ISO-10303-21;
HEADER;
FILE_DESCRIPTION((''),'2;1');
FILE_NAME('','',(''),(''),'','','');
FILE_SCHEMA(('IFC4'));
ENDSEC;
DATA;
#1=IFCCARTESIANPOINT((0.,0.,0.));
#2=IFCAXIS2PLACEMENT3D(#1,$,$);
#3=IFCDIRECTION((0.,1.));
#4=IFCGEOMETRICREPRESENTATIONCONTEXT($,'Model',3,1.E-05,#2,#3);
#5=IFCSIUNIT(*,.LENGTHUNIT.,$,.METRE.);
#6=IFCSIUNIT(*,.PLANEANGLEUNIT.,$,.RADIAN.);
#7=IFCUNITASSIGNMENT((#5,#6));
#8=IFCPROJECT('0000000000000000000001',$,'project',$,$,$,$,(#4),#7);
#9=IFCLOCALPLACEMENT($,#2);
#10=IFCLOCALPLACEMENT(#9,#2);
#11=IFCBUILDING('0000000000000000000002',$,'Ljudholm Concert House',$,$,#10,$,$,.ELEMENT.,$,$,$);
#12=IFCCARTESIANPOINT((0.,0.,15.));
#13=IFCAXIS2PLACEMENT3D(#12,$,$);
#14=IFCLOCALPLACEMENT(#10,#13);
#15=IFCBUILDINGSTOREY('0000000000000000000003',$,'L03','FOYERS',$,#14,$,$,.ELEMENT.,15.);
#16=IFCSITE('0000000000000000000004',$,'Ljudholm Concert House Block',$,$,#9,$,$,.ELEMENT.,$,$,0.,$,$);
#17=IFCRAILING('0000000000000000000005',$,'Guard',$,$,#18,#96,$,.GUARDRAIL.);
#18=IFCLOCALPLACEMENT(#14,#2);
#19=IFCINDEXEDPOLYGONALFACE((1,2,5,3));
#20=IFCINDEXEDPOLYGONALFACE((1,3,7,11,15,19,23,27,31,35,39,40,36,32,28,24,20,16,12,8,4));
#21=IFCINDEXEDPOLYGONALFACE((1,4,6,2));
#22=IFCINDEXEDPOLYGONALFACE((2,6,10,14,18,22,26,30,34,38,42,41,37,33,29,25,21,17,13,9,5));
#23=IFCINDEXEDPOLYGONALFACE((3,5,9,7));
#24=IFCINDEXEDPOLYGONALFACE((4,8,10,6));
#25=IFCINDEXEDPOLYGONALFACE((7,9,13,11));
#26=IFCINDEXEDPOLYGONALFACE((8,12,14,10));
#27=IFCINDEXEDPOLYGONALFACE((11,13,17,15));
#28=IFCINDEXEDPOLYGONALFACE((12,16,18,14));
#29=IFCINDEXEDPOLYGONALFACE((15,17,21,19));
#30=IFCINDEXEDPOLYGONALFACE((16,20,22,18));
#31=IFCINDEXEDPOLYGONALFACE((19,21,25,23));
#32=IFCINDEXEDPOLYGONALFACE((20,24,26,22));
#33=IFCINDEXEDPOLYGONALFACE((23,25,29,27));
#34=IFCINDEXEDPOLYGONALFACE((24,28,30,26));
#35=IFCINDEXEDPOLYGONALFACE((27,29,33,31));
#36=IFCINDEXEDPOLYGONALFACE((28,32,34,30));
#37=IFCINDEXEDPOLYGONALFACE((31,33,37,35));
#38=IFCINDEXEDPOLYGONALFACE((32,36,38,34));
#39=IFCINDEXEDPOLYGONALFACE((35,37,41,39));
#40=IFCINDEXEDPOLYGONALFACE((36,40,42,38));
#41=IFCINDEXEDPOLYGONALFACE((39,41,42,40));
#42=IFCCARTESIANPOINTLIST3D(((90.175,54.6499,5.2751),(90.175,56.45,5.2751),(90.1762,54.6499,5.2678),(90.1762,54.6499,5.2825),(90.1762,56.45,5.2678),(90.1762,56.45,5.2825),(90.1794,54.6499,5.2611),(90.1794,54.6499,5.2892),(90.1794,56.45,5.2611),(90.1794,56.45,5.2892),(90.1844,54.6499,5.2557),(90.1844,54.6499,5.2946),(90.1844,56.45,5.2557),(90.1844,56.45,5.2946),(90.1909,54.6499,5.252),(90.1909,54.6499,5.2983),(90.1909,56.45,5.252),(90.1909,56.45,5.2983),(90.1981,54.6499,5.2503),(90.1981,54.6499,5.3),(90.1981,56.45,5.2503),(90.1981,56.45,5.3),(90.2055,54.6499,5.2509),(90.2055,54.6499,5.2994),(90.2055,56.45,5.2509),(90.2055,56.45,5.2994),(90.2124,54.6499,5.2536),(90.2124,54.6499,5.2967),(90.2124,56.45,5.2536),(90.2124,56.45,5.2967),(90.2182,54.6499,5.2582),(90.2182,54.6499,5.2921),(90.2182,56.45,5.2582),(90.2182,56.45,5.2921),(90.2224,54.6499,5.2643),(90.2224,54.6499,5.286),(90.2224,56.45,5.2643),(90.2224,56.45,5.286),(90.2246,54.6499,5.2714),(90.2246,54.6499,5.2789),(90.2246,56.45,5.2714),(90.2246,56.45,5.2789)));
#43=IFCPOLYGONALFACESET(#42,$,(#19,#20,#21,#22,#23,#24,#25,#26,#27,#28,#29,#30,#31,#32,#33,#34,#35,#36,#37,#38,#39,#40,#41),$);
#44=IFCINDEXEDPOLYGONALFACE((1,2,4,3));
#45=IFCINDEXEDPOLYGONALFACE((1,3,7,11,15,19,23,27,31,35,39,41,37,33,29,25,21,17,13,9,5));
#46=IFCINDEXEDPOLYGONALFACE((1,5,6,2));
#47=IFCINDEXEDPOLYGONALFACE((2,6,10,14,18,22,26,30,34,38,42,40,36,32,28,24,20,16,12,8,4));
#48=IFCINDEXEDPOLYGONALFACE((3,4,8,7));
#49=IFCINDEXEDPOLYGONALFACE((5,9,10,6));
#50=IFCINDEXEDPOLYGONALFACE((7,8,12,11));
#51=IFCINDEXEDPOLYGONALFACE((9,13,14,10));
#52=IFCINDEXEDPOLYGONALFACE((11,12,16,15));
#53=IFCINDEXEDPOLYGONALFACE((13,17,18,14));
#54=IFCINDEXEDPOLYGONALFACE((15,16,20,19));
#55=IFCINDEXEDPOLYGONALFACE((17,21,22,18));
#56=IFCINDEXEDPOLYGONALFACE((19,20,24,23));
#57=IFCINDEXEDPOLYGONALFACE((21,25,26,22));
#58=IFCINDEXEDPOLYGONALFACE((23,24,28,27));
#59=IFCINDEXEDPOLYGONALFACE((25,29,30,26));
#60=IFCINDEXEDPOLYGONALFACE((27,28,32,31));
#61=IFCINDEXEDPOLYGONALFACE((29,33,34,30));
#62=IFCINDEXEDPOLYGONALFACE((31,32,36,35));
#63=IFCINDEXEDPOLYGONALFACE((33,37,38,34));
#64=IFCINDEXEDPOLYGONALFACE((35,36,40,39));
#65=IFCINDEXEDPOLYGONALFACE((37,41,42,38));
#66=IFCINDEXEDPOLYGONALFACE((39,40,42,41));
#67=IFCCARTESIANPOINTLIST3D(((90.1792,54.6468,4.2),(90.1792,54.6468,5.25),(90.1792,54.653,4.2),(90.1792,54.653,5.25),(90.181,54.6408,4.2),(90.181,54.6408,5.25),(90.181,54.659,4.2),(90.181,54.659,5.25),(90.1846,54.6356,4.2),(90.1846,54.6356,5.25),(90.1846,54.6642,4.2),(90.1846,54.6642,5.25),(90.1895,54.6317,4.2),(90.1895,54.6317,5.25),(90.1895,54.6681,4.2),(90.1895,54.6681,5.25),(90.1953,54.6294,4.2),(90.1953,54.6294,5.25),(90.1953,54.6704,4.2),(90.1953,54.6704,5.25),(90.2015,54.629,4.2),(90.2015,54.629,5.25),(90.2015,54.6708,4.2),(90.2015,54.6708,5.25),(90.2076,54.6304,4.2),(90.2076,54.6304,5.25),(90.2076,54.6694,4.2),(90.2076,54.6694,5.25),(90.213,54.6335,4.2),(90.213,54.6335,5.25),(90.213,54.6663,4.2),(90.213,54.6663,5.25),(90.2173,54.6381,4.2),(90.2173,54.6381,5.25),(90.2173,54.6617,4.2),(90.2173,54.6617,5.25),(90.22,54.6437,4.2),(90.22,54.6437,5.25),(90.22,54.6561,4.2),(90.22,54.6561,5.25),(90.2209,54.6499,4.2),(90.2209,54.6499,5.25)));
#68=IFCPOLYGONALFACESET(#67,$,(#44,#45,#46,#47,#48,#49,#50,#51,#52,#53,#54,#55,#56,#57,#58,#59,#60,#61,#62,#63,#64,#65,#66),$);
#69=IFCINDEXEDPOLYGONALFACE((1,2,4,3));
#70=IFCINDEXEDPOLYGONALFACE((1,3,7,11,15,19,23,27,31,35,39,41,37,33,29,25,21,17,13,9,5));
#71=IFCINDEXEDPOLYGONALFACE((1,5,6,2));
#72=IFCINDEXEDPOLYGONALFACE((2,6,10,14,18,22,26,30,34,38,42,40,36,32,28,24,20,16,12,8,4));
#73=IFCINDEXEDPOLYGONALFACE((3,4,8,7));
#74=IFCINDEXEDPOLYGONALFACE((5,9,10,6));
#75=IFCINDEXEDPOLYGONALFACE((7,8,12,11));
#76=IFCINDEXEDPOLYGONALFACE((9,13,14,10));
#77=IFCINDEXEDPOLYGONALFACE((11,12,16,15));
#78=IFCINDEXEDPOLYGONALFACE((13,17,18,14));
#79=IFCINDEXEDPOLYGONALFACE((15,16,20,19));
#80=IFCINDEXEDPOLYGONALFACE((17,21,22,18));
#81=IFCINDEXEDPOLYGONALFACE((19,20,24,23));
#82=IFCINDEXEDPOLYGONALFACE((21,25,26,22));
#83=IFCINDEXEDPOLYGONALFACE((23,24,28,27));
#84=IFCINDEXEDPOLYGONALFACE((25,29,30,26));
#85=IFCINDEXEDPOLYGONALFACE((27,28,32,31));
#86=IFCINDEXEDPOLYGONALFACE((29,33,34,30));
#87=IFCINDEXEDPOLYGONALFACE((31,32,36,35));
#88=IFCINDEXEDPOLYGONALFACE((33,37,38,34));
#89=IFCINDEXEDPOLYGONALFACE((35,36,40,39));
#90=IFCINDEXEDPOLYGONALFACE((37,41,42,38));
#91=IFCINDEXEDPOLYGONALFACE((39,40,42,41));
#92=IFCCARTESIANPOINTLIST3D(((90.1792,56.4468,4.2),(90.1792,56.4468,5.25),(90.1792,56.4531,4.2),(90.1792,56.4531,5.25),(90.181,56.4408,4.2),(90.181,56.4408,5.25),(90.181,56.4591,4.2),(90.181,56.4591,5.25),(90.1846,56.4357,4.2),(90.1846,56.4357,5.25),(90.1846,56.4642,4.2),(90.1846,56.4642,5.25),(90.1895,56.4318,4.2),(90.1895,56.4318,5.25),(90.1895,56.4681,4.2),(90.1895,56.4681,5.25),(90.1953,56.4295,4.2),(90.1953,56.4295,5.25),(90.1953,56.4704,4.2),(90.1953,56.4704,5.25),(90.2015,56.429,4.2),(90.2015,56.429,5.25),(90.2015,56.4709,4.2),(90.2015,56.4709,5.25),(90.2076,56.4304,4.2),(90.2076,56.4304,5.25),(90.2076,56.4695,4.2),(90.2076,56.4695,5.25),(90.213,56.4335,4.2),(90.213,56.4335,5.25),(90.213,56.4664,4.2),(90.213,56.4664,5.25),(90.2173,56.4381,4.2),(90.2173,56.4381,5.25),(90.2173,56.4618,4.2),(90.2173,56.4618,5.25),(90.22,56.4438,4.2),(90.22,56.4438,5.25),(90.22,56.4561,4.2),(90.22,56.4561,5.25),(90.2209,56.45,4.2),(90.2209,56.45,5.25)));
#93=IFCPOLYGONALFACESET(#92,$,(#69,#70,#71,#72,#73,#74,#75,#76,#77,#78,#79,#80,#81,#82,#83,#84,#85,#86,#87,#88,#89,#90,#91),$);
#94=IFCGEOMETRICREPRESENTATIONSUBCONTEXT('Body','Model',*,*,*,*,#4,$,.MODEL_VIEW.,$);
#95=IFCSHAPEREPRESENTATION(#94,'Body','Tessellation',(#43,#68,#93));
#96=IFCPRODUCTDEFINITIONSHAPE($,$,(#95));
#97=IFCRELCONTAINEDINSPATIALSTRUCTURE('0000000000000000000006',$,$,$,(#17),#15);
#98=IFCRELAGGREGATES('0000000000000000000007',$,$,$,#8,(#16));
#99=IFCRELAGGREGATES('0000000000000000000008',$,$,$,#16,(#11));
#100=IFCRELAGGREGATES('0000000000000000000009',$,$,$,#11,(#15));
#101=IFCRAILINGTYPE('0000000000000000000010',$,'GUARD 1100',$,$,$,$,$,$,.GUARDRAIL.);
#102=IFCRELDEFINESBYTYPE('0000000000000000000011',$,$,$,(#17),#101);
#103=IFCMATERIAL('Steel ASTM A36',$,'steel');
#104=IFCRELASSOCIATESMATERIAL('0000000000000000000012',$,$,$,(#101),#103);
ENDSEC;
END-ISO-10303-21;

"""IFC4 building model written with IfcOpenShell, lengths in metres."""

from ifc_helpers import new_model, si_unit, direction, frame, origin, origin_2d, place, context, subcontext, project, spatial, circle, extrude, material, type_object, element, save


model = new_model("IFC4")

# Units and contexts
model_context = context("Model", 3, precision=1e-05, world=origin(), true_north=direction((0.0, 1.0)))
body_context = subcontext(model_context, "Body", "Model", "MODEL_VIEW")
ifc_project = project(units=[si_unit("LENGTHUNIT", "METRE"), si_unit("PLANEANGLEUNIT", "RADIAN")], contexts=[model_context])

# Site, building, storey
site_placement = place(None, origin())
site = spatial("IfcSite", under=ifc_project, at=site_placement, Name="Ljudholm Concert House Block", CompositionType="ELEMENT", RefElevation=0.0)
building_placement = place(site_placement, origin())
building = spatial("IfcBuilding", under=site, at=building_placement, Name="Ljudholm Concert House", CompositionType="ELEMENT")
storey_placement = place(building_placement, frame((0.0, 0.0, 15.0)))
storey = spatial("IfcBuildingStorey", under=building, at=storey_placement, Name="L03", Description="FOYERS", CompositionType="ELEMENT", Elevation=15.0)

# Railing
ifc_material_1 = material(Name="Steel ASTM A36", Category="steel")
railing_type_1 = type_object("IfcRailingType", Name="GUARD 1100", PredefinedType="GUARDRAIL", material=ifc_material_1)
railing_1_placement = place(storey_placement, frame((90.2, 54.6499, 4.2)))
element("IfcRailing", 1, at=railing_1_placement, inside=storey, type_object=railing_type_1, Name="Guard", PredefinedType="GUARDRAIL", context=body_context, shape_type="SweptSolid", body=[
    extrude(circle(Radius=0.0249, at=origin_2d()), frame((0.0, 0.0, 1.0752), z_axis=(0.0, 1.0, 0.0), x_axis=(-1.0, 0.0, 0.0)), (0.0, 0.0, 1.0), 1.8),
    extrude(circle(Radius=0.021, at=origin_2d()), origin(), (0.0, 0.0, 1.0), 1.05),
    extrude(circle(Radius=0.021, at=origin_2d()), frame((0.0, 1.8, 0.0)), (0.0, 0.0, 1.0), 1.05),
])

save(model, "model.ifc")
